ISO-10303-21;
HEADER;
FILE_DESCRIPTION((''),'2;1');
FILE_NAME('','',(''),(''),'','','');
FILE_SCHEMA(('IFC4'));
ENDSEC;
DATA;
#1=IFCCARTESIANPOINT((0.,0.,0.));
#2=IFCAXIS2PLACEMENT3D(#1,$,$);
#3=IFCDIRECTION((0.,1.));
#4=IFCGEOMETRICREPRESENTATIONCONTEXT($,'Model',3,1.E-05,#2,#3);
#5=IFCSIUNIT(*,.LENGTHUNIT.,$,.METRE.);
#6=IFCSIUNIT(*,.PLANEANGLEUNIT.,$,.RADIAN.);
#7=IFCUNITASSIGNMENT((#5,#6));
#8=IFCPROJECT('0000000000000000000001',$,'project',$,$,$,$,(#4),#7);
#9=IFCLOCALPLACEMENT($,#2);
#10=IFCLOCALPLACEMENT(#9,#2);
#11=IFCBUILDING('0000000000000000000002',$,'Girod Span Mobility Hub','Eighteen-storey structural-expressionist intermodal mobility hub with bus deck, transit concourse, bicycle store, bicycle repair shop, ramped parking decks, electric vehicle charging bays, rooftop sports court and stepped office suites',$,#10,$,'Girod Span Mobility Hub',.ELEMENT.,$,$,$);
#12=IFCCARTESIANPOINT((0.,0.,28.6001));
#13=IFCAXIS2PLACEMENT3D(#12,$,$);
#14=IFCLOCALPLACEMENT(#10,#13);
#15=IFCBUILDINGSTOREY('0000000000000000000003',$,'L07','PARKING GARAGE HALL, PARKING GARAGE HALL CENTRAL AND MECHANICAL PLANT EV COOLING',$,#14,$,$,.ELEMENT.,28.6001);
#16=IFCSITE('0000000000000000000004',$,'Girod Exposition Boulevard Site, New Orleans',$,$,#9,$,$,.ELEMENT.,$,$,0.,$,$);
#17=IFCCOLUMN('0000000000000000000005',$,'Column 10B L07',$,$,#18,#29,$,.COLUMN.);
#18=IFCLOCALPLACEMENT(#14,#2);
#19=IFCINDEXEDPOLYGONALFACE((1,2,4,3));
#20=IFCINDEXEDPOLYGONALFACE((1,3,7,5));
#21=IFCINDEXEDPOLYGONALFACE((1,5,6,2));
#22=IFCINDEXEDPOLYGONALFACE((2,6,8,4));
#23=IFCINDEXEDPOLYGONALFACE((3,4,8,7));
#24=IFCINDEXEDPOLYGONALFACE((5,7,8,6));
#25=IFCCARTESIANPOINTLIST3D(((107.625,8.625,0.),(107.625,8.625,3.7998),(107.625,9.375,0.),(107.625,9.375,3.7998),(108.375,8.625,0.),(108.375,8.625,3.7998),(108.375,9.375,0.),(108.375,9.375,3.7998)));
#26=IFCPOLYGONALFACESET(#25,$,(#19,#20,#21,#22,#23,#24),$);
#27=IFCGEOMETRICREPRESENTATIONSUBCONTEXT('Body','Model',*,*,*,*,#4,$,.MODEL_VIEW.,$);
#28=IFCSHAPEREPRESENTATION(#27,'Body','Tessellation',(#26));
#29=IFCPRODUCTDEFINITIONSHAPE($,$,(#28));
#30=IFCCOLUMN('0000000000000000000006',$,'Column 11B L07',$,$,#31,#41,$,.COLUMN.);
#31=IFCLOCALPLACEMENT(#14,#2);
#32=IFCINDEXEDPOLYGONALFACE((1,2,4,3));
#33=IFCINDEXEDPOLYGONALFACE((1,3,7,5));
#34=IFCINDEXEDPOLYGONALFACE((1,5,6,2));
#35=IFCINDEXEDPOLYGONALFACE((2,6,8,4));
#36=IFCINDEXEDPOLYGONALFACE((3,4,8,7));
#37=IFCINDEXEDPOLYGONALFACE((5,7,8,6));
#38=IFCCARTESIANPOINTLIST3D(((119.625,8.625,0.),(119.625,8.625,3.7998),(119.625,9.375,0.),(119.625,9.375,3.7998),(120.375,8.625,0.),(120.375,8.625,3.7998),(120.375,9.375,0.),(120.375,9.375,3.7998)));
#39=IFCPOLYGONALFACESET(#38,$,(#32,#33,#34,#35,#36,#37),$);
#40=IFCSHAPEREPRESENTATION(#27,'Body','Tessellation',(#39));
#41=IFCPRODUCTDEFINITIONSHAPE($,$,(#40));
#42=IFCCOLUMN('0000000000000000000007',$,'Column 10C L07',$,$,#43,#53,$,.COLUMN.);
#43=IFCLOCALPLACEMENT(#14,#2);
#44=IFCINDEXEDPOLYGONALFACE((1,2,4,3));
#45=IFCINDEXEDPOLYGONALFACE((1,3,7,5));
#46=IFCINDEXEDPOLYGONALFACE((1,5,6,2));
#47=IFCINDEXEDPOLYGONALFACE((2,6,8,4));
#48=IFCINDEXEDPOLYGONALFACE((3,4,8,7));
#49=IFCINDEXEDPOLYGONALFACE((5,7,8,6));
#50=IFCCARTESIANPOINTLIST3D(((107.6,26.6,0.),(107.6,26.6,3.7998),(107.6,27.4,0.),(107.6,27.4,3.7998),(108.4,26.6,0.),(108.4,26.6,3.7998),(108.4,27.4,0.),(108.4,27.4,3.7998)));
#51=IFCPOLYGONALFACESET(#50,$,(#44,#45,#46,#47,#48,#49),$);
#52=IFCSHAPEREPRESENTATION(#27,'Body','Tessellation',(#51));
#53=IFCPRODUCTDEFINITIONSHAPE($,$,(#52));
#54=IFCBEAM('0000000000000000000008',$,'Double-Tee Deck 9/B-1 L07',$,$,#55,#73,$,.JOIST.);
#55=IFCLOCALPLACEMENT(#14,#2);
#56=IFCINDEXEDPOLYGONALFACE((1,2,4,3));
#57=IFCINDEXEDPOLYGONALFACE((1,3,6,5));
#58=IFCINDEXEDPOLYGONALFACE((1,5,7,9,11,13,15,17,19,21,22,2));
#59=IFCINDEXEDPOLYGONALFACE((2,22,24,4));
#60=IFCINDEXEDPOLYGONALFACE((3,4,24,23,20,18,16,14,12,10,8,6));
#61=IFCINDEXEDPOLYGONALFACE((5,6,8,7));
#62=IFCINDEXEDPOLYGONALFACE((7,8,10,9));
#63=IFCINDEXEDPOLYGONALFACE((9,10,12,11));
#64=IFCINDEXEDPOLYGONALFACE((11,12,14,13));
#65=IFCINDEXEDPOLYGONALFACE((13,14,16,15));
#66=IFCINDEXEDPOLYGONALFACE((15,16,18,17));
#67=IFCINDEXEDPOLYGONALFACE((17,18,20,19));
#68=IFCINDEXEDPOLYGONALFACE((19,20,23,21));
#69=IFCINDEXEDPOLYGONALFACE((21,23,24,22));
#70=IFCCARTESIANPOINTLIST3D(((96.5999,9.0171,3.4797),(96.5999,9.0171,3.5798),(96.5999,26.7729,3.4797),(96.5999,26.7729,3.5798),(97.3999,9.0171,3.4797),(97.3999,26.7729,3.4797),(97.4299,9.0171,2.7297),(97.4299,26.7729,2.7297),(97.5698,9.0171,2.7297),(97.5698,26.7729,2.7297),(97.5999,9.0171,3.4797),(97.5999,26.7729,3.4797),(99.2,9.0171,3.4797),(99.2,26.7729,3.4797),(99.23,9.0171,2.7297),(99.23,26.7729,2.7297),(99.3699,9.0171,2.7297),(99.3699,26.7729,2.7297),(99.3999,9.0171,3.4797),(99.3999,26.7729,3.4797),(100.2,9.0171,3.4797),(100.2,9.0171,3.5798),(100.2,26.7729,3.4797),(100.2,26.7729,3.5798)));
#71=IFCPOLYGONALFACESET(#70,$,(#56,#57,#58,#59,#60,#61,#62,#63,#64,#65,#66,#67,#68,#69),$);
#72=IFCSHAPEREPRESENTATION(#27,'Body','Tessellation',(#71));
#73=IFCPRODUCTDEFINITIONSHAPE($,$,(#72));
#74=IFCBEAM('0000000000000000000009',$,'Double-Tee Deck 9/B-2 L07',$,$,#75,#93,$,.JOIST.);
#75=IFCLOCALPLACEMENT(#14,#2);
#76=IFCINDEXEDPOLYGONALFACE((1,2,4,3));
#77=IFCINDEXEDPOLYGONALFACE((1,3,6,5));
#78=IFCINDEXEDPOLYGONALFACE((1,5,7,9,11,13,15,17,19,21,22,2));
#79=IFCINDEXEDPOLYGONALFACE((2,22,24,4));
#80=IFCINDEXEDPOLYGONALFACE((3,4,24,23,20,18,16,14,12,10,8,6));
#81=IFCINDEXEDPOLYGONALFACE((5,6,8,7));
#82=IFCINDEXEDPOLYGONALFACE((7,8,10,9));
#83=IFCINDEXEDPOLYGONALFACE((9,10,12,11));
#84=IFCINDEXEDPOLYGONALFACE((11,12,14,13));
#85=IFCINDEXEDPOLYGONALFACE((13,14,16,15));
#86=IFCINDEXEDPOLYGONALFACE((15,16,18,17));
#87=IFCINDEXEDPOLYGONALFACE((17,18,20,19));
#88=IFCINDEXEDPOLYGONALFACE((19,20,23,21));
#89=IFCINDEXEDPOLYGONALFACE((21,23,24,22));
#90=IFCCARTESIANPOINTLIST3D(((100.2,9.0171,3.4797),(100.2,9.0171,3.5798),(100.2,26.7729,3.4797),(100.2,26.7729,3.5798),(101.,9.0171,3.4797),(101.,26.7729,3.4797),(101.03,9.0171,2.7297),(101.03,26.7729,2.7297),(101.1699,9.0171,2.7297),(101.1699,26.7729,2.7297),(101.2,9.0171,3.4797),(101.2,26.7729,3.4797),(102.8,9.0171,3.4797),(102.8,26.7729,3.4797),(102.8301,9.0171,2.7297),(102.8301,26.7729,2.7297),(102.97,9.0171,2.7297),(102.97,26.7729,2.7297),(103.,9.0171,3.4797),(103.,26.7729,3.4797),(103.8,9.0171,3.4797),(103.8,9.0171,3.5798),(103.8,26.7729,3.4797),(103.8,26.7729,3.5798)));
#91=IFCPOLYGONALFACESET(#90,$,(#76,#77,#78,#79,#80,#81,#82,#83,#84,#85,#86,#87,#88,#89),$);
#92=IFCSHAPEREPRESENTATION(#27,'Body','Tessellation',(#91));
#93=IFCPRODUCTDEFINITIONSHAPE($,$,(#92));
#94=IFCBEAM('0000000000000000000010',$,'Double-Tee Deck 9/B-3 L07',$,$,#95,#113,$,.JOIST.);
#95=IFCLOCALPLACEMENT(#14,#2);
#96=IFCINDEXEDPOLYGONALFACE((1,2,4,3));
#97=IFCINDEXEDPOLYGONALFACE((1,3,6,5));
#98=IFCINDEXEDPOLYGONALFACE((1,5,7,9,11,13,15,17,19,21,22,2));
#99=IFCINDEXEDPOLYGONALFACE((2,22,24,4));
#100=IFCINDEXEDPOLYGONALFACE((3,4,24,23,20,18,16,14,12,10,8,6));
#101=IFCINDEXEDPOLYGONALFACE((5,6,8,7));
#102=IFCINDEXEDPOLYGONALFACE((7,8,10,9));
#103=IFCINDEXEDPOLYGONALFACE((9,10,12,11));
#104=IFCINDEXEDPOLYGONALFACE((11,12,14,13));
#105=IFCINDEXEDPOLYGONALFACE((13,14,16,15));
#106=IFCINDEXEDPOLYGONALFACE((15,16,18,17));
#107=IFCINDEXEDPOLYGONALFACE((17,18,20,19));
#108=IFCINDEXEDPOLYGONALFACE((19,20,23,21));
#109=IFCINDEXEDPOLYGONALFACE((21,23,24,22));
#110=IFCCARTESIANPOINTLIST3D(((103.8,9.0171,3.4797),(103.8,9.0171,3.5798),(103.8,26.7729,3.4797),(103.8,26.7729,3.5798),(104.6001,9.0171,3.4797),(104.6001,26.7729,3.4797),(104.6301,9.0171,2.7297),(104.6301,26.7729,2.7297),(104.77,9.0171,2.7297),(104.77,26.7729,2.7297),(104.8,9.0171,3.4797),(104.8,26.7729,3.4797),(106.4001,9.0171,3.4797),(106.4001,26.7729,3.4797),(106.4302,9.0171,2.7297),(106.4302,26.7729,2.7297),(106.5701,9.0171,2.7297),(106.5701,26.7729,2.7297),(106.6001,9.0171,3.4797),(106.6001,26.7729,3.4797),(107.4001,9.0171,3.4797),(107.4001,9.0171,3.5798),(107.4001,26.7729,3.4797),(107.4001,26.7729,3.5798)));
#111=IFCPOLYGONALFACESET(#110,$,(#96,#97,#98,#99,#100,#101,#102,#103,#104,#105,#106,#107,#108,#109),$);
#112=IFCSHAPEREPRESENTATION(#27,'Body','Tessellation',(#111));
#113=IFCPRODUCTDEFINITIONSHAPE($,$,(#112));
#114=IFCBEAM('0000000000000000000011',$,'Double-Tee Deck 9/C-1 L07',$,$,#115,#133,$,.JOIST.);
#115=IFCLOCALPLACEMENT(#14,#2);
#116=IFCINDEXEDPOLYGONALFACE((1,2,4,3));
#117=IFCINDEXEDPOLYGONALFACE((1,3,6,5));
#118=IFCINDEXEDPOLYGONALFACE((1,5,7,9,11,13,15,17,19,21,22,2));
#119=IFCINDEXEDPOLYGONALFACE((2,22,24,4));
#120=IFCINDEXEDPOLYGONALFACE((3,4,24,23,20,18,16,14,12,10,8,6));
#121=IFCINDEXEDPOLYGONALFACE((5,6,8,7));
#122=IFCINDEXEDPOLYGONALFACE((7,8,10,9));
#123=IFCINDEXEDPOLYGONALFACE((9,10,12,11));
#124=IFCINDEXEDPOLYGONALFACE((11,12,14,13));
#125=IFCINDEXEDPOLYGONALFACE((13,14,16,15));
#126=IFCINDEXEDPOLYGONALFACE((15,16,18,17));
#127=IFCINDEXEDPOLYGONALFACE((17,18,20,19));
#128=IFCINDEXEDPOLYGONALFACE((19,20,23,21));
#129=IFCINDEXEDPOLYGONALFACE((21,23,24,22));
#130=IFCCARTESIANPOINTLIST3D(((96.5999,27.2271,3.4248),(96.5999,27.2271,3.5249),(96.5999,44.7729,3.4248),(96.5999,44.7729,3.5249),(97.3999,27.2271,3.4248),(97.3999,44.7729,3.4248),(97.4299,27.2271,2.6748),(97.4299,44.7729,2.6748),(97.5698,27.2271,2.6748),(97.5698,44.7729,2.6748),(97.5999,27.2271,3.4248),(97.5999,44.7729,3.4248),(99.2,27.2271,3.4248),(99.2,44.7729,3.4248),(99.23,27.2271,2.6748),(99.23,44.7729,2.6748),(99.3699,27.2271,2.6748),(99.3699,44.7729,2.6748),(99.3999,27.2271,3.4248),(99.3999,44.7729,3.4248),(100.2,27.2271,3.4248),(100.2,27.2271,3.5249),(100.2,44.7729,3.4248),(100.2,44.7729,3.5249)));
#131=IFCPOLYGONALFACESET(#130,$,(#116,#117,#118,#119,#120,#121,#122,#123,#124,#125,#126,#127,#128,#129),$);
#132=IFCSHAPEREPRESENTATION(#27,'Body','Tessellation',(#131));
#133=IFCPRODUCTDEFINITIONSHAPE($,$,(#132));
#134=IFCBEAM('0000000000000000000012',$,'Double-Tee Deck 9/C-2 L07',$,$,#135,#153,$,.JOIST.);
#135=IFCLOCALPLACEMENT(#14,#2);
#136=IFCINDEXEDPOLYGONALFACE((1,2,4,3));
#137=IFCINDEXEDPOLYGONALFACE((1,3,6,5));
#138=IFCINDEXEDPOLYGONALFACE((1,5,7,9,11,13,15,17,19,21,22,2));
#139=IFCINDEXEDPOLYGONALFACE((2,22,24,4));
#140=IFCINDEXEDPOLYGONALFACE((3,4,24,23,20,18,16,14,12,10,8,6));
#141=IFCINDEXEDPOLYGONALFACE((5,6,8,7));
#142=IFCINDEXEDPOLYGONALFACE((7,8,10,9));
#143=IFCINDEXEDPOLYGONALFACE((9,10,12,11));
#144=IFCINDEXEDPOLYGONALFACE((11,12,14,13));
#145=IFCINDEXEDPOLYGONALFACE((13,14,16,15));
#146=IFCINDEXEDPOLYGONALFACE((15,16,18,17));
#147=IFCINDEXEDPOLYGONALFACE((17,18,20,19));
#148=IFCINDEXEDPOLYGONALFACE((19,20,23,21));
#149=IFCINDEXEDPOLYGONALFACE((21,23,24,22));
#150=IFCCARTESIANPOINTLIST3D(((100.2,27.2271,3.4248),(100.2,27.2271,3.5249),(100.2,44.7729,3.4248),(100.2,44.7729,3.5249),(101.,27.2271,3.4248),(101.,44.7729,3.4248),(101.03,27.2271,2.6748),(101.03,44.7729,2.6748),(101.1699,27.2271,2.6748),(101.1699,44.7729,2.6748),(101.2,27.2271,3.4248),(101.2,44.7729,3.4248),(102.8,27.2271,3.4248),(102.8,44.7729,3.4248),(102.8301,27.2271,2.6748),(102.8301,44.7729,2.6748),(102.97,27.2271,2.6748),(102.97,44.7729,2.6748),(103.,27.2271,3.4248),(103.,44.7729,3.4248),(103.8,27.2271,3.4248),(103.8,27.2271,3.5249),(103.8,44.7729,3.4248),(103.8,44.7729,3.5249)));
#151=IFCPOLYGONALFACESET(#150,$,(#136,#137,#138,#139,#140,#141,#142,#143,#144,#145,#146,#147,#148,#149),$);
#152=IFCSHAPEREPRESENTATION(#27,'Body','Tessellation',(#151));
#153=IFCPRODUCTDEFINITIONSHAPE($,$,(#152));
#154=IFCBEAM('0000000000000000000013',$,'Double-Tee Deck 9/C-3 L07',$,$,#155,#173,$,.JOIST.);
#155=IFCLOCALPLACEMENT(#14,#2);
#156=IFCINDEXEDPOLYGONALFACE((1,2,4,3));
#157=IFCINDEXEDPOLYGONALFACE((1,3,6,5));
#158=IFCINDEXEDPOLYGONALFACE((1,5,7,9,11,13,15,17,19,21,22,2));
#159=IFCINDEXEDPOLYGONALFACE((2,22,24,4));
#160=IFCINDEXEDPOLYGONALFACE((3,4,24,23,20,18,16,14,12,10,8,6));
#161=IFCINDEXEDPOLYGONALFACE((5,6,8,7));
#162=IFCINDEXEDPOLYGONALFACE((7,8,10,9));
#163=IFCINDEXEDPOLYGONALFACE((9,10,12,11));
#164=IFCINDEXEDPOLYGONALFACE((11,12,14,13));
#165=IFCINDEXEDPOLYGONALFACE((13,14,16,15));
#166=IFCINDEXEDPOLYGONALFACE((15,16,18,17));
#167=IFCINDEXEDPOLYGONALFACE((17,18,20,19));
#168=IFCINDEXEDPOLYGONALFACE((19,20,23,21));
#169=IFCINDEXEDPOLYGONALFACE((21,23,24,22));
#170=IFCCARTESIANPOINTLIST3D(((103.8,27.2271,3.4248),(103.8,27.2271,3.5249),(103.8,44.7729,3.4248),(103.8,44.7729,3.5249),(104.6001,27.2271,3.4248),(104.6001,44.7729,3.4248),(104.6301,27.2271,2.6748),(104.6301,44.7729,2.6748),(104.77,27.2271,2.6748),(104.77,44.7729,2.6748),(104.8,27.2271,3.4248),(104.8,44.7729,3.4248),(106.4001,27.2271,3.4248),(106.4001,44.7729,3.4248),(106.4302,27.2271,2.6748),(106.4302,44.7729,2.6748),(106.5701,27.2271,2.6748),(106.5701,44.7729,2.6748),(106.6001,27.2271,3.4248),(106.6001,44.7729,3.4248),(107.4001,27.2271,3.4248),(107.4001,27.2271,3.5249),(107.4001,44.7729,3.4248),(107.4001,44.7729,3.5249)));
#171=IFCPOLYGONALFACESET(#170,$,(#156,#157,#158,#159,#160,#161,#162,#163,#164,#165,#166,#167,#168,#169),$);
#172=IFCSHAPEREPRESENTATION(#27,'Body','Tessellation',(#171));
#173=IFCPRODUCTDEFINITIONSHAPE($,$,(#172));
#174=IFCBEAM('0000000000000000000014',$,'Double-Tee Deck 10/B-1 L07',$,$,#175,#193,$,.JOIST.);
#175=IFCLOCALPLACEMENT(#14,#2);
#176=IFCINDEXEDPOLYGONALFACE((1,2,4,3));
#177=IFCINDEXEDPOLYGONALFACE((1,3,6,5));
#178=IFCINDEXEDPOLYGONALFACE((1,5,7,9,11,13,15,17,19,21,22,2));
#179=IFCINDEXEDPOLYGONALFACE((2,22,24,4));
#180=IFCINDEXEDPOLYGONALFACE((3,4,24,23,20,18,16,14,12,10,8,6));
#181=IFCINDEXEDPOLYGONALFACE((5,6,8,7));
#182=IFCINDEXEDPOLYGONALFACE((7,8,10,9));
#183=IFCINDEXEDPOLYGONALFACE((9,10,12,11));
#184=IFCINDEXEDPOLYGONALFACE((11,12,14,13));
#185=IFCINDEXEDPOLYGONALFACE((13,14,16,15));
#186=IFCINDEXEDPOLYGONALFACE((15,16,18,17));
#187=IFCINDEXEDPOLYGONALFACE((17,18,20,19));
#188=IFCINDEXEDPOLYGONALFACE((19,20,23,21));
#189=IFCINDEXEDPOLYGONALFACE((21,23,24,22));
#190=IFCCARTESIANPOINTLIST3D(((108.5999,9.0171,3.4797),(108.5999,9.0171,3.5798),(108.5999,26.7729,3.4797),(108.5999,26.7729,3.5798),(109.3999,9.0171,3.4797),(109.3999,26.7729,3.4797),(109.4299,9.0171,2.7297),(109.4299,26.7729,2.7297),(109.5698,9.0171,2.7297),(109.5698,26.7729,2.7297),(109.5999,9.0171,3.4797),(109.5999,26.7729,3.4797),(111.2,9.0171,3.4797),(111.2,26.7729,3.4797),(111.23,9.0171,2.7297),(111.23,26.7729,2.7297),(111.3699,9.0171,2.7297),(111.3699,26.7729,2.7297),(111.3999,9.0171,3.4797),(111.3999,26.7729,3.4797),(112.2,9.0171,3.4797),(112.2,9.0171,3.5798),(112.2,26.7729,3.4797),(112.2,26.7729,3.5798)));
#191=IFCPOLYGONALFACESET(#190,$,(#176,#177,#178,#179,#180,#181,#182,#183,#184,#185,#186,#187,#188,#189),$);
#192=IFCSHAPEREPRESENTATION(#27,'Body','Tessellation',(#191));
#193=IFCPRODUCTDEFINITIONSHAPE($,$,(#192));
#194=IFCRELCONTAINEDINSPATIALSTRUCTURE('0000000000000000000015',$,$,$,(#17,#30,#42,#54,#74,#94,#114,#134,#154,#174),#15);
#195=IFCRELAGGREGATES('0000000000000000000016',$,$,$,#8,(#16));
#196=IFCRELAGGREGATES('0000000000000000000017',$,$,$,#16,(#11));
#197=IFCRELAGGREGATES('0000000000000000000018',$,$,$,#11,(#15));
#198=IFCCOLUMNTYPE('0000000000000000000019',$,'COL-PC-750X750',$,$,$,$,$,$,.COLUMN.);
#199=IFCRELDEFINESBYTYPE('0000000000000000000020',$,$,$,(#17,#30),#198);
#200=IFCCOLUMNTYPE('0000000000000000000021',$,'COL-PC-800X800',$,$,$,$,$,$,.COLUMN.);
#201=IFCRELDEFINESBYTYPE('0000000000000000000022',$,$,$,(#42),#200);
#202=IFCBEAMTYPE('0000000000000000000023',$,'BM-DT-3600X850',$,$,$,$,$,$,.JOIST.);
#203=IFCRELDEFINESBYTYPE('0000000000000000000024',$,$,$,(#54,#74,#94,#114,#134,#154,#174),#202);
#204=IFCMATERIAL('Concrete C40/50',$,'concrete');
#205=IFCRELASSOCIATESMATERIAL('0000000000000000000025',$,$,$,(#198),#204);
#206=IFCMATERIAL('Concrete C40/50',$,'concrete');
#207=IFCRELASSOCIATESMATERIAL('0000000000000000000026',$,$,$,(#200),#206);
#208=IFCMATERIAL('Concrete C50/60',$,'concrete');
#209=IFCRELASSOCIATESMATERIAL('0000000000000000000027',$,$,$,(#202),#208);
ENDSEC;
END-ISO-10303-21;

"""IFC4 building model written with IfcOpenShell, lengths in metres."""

from ifc_helpers import new_model, si_unit, direction, frame, origin, origin_2d, place, context, subcontext, project, spatial, polyline, rectangle, outline, extrude, material, material_profile, profile_set, type_object, element, save


model = new_model("IFC4")

# Units and contexts
model_context = context("Model", 3, precision=1e-05, world=origin(), true_north=direction((0.0, 1.0)))
body_context = subcontext(model_context, "Body", "Model", "MODEL_VIEW")
ifc_project = project(units=[si_unit("LENGTHUNIT", "METRE"), si_unit("PLANEANGLEUNIT", "RADIAN")], contexts=[model_context])

# Site, building, storey
site_placement = place(None, origin())
site = spatial("IfcSite", under=ifc_project, at=site_placement, Name="Girod Exposition Boulevard Site, New Orleans", CompositionType="ELEMENT", RefElevation=0.0)
building_placement = place(site_placement, origin())
building = spatial("IfcBuilding", under=site, at=building_placement, Name="Girod Span Mobility Hub", Description="Eighteen-storey structural-expressionist intermodal mobility hub with bus deck, transit concourse, bicycle store, bicycle repair shop, ramped parking decks, electric vehicle charging bays, rooftop sports court and stepped office suites", LongName="Girod Span Mobility Hub", CompositionType="ELEMENT")
storey_placement = place(building_placement, frame((0.0, 0.0, 28.6001)))
storey = spatial("IfcBuildingStorey", under=building, at=storey_placement, Name="L07", Description="PARKING GARAGE HALL, PARKING GARAGE HALL CENTRAL AND MECHANICAL PLANT EV COOLING", CompositionType="ELEMENT", Elevation=28.6001)

# Columns
ifc_material_1 = material(Name="Concrete C40/50", Category="concrete")
ifc_material_profile_1 = material_profile(ifc_material_1, rectangle(XDim=0.75, YDim=0.75, at=origin_2d()), Name="PC-COL-750X750")
ifc_profile_set_1 = profile_set([ifc_material_profile_1], Name="Concrete C40/50")
column_type_1 = type_object("IfcColumnType", Name="COL-PC-750X750", PredefinedType="COLUMN", material=ifc_profile_set_1)
for number, where, z_axis, x_axis, name in (
    (1, (108.0, 9.0, 0.0), (0.0, 0.0, 1.0), (1.0, 0.0, 0.0), "Column 10B L07"),
    (2, (120.0, 9.0, 0.0), (0.0, 0.0, 1.0), (1.0, 0.0, 0.0), "Column 11B L07"),
):
    element("IfcColumn", number, at=place(storey_placement, frame(where, z_axis=z_axis, x_axis=x_axis)), inside=storey, type_object=column_type_1, Name=name, PredefinedType="COLUMN", context=body_context, shape_type="SweptSolid", body=[
        extrude(rectangle(XDim=0.75, YDim=0.75, at=origin_2d()), origin(), (0.0, 0.0, 1.0), 3.7998),
    ])
ifc_material_2 = material(Name="Concrete C40/50", Category="concrete")
ifc_material_profile_2 = material_profile(ifc_material_2, rectangle(XDim=0.8, YDim=0.8, at=origin_2d()), Name="PC-COL-800X800")
ifc_profile_set_2 = profile_set([ifc_material_profile_2], Name="Concrete C40/50")
column_type_2 = type_object("IfcColumnType", Name="COL-PC-800X800", PredefinedType="COLUMN", material=ifc_profile_set_2)
column_placement = place(storey_placement, frame((108.0, 27.0, 0.0), z_axis=(0.0, 0.0, 1.0), x_axis=(1.0, 0.0, 0.0)))
element("IfcColumn", 3, at=column_placement, inside=storey, type_object=column_type_2, Name="Column 10C L07", PredefinedType="COLUMN", context=body_context, shape_type="SweptSolid", body=[
    extrude(rectangle(XDim=0.8, YDim=0.8, at=origin_2d()), origin(), (0.0, 0.0, 1.0), 3.7998),
])

# Beams
ifc_material_3 = material(Name="Concrete C50/60", Category="concrete")
ifc_material_profile_3 = material_profile(ifc_material_3, outline(polyline([(-1.8, 0.425), (-1.8, 0.325), (-1.0, 0.325), (-0.97, -0.425), (-0.8301, -0.425), (-0.8, 0.325), (0.8, 0.325), (0.8301, -0.425), (0.97, -0.425), (1.0, 0.325), (1.8, 0.325), (1.8, 0.425), (-1.8, 0.425)])), Name="DT-3600X850")
ifc_profile_set_3 = profile_set([ifc_material_profile_3], Name="Concrete C50/60")
beam_type_1 = type_object("IfcBeamType", Name="BM-DT-3600X850", PredefinedType="JOIST", material=ifc_profile_set_3)
for number, where, z_axis, x_axis, name in (
    (4, (98.3999, 9.0171, 3.1548), (0.0, 1.0, 0.0), (-1.0, 0.0, 0.0), "Double-Tee Deck 9/B-1 L07"),
    (5, (102.0, 9.0171, 3.1548), (0.0, 1.0, 0.0), (-1.0, 0.0, 0.0), "Double-Tee Deck 9/B-2 L07"),
    (6, (105.6001, 9.0171, 3.1548), (0.0, 1.0, 0.0), (-1.0, 0.0, 0.0), "Double-Tee Deck 9/B-3 L07"),
):
    element("IfcBeam", number, at=place(storey_placement, frame(where, z_axis=z_axis, x_axis=x_axis)), inside=storey, type_object=beam_type_1, Name=name, PredefinedType="JOIST", context=body_context, shape_type="SweptSolid", body=[
        extrude(outline(polyline([(-1.8, 0.425), (-1.8, 0.325), (-1.0, 0.325), (-0.97, -0.425), (-0.8301, -0.425), (-0.8, 0.325), (0.8, 0.325), (0.8301, -0.425), (0.97, -0.425), (1.0, 0.325), (1.8, 0.325), (1.8, 0.425), (-1.8, 0.425)])), origin(), (0.0, 0.0, 1.0), 17.7559),
    ])
for number, where, z_axis, x_axis, name in (
    (7, (98.3999, 27.2271, 3.0999), (0.0, 1.0, 0.0), (-1.0, 0.0, 0.0), "Double-Tee Deck 9/C-1 L07"),
    (8, (102.0, 27.2271, 3.0999), (0.0, 1.0, 0.0), (-1.0, 0.0, 0.0), "Double-Tee Deck 9/C-2 L07"),
    (9, (105.6001, 27.2271, 3.0999), (0.0, 1.0, 0.0), (-1.0, 0.0, 0.0), "Double-Tee Deck 9/C-3 L07"),
):
    element("IfcBeam", number, at=place(storey_placement, frame(where, z_axis=z_axis, x_axis=x_axis)), inside=storey, type_object=beam_type_1, Name=name, PredefinedType="JOIST", context=body_context, shape_type="SweptSolid", body=[
        extrude(outline(polyline([(-1.8, 0.425), (-1.8, 0.325), (-1.0, 0.325), (-0.97, -0.425), (-0.8301, -0.425), (-0.8, 0.325), (0.8, 0.325), (0.8301, -0.425), (0.97, -0.425), (1.0, 0.325), (1.8, 0.325), (1.8, 0.425), (-1.8, 0.425)])), origin(), (0.0, 0.0, 1.0), 17.5459),
    ])
for number, where, z_axis, x_axis, name in (
    (10, (110.3999, 9.0171, 3.1548), (0.0, 1.0, 0.0), (-1.0, 0.0, 0.0), "Double-Tee Deck 10/B-1 L07"),
):
    element("IfcBeam", number, at=place(storey_placement, frame(where, z_axis=z_axis, x_axis=x_axis)), inside=storey, type_object=beam_type_1, Name=name, PredefinedType="JOIST", context=body_context, shape_type="SweptSolid", body=[
        extrude(outline(polyline([(-1.8, 0.425), (-1.8, 0.325), (-1.0, 0.325), (-0.97, -0.425), (-0.8301, -0.425), (-0.8, 0.325), (0.8, 0.325), (0.8301, -0.425), (0.97, -0.425), (1.0, 0.325), (1.8, 0.325), (1.8, 0.425), (-1.8, 0.425)])), origin(), (0.0, 0.0, 1.0), 17.7559),
    ])

save(model, "model.ifc")
